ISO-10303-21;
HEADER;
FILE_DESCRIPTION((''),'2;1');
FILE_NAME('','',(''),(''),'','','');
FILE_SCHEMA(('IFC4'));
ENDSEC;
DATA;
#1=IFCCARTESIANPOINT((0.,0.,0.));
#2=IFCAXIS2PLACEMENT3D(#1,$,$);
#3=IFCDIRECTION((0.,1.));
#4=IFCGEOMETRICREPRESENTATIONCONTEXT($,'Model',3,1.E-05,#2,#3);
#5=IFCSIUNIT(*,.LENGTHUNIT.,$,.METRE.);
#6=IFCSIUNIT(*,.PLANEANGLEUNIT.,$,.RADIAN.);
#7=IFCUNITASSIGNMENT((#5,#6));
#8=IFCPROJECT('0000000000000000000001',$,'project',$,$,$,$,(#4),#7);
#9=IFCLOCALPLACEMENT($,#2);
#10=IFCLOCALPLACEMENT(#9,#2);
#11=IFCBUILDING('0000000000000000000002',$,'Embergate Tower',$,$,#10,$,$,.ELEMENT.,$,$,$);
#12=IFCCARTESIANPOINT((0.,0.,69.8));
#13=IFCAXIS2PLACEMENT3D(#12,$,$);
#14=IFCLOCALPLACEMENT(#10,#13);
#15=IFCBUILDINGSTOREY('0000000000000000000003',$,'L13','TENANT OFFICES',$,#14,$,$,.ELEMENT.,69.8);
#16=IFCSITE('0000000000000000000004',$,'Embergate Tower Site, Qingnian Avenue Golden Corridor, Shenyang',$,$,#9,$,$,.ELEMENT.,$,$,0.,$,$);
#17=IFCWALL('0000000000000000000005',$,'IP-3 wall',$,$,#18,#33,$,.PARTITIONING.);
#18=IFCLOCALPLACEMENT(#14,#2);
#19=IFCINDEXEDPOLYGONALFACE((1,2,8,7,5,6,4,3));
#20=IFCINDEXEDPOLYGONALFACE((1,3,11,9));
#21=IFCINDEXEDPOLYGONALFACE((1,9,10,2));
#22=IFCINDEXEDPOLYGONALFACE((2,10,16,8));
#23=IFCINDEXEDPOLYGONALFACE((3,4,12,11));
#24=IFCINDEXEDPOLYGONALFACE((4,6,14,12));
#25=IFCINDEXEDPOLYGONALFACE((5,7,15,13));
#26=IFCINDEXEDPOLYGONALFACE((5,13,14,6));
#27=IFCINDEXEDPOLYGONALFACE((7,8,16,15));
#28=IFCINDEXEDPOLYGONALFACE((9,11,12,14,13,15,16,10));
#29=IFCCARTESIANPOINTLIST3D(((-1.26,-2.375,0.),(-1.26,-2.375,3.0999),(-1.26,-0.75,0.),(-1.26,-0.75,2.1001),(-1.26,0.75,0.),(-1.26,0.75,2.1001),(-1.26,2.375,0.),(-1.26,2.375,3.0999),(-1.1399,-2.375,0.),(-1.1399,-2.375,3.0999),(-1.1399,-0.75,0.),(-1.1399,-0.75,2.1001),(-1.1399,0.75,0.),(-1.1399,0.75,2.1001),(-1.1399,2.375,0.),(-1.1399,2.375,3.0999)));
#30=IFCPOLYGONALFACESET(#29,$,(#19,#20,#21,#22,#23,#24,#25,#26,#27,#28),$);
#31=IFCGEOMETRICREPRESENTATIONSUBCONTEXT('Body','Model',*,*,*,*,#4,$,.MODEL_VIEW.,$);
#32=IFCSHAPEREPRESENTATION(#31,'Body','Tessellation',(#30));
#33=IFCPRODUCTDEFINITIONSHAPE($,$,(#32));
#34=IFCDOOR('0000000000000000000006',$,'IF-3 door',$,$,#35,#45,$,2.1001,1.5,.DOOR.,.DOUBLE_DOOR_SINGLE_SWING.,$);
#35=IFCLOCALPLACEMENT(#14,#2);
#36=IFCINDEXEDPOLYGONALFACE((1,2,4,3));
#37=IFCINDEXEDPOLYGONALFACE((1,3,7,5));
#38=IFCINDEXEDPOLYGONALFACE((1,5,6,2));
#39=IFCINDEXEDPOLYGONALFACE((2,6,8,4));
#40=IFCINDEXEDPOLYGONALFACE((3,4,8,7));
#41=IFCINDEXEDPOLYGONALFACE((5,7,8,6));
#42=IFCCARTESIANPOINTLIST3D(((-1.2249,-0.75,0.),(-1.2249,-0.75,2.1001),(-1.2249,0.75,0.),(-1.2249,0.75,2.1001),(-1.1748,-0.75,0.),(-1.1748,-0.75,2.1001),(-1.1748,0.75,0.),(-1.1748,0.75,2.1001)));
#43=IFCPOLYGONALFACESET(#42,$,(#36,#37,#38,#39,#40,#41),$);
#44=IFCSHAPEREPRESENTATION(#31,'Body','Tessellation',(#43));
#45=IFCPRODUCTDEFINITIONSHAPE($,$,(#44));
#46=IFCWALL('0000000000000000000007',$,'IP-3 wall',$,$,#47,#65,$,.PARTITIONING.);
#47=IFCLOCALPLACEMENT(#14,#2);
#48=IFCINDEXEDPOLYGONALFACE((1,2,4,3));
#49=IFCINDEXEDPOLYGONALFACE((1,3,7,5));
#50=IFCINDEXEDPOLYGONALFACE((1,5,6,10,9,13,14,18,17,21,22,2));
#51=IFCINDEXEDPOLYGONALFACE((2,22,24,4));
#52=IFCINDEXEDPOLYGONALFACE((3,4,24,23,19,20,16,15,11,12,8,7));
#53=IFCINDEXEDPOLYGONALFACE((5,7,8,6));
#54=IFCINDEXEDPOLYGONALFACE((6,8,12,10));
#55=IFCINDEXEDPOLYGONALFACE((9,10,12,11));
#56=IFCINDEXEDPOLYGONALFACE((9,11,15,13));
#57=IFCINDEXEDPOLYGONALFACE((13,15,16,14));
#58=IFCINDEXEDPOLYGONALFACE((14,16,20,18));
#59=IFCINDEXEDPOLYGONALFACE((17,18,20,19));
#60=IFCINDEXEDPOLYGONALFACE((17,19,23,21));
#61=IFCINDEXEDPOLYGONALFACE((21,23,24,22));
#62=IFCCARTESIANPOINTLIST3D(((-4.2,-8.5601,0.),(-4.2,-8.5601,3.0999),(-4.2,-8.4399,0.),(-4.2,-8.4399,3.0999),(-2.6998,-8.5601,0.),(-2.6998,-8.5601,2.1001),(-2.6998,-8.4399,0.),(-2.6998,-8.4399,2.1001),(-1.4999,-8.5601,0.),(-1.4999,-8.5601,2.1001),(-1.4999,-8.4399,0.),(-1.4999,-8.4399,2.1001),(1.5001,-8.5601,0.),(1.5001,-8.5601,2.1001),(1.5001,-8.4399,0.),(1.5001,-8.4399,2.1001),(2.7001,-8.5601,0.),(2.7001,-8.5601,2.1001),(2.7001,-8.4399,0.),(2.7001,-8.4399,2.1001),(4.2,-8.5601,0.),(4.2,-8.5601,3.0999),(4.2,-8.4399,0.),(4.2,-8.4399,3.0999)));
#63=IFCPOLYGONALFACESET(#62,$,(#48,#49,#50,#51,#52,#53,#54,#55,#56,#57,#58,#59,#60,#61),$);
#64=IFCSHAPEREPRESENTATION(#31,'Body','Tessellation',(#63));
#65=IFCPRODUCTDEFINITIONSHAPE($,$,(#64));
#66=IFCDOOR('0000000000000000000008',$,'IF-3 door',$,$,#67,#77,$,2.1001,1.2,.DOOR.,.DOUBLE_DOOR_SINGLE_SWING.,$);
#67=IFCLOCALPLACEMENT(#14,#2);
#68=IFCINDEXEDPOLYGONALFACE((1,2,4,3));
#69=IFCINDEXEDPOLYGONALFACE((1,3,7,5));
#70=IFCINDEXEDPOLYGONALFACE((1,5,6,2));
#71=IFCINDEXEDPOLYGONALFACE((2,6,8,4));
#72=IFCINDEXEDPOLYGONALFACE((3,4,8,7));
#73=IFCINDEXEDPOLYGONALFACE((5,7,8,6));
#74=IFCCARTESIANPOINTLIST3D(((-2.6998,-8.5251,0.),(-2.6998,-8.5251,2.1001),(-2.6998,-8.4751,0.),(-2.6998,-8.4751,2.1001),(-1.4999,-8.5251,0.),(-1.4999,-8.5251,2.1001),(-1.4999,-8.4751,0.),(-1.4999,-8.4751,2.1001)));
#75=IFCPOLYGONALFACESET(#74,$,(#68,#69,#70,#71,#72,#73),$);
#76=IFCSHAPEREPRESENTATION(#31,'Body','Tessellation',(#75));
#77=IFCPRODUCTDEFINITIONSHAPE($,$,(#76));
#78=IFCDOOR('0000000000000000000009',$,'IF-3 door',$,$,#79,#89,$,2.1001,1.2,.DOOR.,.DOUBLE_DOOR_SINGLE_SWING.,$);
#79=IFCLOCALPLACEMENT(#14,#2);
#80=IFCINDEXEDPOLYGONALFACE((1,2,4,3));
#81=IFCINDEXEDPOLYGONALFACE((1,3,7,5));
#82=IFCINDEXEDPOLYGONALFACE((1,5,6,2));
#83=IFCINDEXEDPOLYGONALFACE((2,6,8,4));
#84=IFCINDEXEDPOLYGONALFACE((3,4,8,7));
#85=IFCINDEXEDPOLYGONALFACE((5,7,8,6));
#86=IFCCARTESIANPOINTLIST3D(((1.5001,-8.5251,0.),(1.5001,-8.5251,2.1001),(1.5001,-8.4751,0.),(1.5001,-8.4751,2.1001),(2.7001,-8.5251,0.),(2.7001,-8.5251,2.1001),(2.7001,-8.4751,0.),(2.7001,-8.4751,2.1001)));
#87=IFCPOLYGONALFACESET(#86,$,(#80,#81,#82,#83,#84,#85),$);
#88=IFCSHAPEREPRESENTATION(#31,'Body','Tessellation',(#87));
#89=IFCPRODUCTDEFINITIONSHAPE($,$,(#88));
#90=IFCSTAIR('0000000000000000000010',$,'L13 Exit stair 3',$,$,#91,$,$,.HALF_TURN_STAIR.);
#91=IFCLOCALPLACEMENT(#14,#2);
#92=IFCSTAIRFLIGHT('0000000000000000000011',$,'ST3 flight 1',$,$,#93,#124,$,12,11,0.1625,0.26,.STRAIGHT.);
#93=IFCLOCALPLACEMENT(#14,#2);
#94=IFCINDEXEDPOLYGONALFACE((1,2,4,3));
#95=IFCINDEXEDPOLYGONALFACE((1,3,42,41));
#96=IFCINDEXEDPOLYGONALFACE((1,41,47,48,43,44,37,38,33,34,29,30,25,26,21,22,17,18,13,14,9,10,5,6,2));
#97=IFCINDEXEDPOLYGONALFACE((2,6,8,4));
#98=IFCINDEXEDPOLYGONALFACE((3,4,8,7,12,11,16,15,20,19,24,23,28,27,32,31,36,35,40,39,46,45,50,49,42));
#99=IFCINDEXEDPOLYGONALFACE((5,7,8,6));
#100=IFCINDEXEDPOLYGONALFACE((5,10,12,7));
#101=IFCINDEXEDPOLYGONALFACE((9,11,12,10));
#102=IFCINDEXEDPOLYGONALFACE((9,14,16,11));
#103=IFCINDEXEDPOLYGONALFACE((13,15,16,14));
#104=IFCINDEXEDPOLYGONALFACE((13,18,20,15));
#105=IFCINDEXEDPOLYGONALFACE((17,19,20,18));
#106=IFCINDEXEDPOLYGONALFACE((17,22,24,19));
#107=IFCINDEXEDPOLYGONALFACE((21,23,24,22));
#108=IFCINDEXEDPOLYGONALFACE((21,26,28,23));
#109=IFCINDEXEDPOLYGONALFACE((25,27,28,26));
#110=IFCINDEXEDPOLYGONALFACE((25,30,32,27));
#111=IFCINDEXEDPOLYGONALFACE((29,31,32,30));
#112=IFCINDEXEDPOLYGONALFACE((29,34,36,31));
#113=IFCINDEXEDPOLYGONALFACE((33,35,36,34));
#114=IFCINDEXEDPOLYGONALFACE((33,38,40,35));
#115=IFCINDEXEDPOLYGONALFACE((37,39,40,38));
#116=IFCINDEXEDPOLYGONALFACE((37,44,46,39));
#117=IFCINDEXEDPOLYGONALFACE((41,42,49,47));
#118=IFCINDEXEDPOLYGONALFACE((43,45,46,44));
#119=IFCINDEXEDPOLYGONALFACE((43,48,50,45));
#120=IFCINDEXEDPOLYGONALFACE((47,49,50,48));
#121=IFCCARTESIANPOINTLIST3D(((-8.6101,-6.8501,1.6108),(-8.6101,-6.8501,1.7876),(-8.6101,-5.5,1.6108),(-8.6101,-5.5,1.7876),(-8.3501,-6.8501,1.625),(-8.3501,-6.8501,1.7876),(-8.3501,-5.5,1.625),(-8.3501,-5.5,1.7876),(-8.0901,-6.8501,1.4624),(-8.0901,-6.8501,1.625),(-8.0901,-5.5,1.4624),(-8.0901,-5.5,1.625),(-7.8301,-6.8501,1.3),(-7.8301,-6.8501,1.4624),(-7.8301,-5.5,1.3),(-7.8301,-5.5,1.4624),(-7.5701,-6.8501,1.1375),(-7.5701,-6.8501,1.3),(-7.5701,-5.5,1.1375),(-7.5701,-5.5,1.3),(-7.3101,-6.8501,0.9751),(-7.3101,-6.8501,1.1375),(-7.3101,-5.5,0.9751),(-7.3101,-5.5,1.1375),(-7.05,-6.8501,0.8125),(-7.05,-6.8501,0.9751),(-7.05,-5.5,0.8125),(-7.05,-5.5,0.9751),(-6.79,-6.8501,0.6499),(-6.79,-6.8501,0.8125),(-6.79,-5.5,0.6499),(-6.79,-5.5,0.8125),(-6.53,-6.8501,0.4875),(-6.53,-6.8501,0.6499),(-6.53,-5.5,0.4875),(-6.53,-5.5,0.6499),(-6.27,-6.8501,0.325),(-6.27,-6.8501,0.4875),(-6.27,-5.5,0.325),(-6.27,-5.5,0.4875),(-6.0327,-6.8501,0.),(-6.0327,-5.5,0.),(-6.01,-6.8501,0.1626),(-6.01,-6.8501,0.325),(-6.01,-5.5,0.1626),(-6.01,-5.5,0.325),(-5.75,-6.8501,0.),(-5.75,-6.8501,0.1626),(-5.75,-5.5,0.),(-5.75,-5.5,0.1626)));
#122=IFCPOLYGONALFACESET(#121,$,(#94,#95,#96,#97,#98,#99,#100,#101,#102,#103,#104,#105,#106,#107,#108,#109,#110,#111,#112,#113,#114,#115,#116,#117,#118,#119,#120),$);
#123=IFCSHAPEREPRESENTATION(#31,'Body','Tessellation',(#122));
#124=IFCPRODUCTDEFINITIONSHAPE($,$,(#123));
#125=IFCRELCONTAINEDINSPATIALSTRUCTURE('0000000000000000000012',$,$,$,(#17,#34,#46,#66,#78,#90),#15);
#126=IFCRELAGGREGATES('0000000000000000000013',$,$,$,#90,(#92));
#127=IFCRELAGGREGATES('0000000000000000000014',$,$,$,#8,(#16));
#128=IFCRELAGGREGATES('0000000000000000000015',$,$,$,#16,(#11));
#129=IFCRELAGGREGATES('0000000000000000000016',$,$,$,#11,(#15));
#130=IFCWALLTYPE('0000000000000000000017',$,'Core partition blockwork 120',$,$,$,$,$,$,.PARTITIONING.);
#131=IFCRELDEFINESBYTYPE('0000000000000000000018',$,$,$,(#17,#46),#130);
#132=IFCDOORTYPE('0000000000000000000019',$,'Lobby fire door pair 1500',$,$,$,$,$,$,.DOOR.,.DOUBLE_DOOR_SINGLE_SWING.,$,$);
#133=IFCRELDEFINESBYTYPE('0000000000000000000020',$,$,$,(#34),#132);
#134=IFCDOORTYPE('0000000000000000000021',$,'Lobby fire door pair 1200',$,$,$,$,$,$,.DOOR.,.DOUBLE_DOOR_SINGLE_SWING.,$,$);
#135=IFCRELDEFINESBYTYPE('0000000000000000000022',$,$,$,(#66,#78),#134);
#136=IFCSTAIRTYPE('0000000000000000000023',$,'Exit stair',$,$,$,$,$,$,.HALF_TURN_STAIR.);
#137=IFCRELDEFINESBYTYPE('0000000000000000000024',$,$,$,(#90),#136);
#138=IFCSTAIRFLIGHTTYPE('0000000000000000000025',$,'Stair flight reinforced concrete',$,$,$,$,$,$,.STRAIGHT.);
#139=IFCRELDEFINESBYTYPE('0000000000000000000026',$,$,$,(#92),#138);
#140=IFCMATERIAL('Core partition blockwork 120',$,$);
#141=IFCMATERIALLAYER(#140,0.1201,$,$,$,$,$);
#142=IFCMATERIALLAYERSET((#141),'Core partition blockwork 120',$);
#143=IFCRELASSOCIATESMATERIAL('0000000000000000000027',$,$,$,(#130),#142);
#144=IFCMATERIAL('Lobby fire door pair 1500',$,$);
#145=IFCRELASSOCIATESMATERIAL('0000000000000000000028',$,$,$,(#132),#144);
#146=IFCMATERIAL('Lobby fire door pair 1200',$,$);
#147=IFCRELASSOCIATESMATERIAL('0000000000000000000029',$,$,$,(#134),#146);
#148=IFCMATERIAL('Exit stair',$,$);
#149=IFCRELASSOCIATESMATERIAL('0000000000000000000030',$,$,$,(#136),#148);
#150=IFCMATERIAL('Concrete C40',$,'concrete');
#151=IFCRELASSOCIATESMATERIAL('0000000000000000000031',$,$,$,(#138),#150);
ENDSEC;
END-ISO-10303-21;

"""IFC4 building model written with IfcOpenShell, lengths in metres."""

from ifc_helpers import new_model, si_unit, direction, frame, frame_2d, origin, place, context, subcontext, project, spatial, polyline, rectangle, outline, extrude, source, transform, mapped, material, layer, layer_set, type_object, element, fill, aggregate, save


model = new_model("IFC4")

# Units and contexts
model_context = context("Model", 3, precision=1e-05, world=origin(), true_north=direction((0.0, 1.0)))
body_context = subcontext(model_context, "Body", "Model", "MODEL_VIEW")
ifc_project = project(units=[si_unit("LENGTHUNIT", "METRE"), si_unit("PLANEANGLEUNIT", "RADIAN")], contexts=[model_context])

# Site, building, storey
site_placement = place(None, origin())
site = spatial("IfcSite", under=ifc_project, at=site_placement, Name="Embergate Tower Site, Qingnian Avenue Golden Corridor, Shenyang", CompositionType="ELEMENT", RefElevation=0.0)
building_placement = place(site_placement, origin())
building = spatial("IfcBuilding", under=site, at=building_placement, Name="Embergate Tower", CompositionType="ELEMENT")
storey_placement = place(building_placement, frame((0.0, 0.0, 69.8)))
storey = spatial("IfcBuildingStorey", under=building, at=storey_placement, Name="L13", Description="TENANT OFFICES", CompositionType="ELEMENT", Elevation=69.8)

# Shared definitions
shared_shape_1 = source(origin(), body_context, "Body", "SweptSolid", [
    extrude(rectangle(XDim=1.2, YDim=2.1001, at=frame_2d((0.6001, 1.05))), frame((0.0, 0.0249, 0.0), z_axis=(0.0, -1.0, 0.0), x_axis=(1.0, 0.0, 0.0)), (0.0, 0.0, 1.0), 0.05),
])
ifc_material_1 = material(Name="Core partition blockwork 120")
ifc_layer_1 = layer(ifc_material_1, 0.1201)
ifc_layer_set_1 = layer_set([ifc_layer_1], Name="Core partition blockwork 120")
wall_type_1 = type_object("IfcWallType", Name="Core partition blockwork 120", PredefinedType="PARTITIONING", material=ifc_layer_set_1)

# Wall, opening, door
shared_shape_2 = source(origin(), body_context, "Body", "SweptSolid", [
    extrude(rectangle(XDim=4.75, YDim=0.1201, at=frame_2d((2.375, 0.0))), origin(), (0.0, 0.0, 1.0), 3.0999),
])
wall_1_placement = place(storey_placement, frame((-1.2, -2.375, 0.0), z_axis=(0.0, 0.0, 1.0), x_axis=(0.0, 1.0, 0.0)))
wall_1 = element("IfcWall", 1, at=wall_1_placement, inside=storey, type_object=wall_type_1, Name="IP-3 wall", PredefinedType="PARTITIONING", context=body_context, shape_type="MappedRepresentation", body=[
    mapped(shared_shape_2, transform((0.0, 0.0, 0.0))),
])
shared_shape_3 = source(origin(), body_context, "Body", "SweptSolid", [
    extrude(rectangle(XDim=1.5, YDim=2.1001, at=frame_2d((0.75, 1.05))), frame((0.0, 0.0701, 0.0), z_axis=(0.0, -1.0, 0.0), x_axis=(1.0, 0.0, 0.0)), (0.0, 0.0, 1.0), 0.1401),
])
opening_1_placement = place(wall_1_placement, frame((1.625, 0.0, 0.0)))
opening_1 = element("IfcOpeningElement", 2, at=opening_1_placement, cuts=wall_1, PredefinedType="OPENING", context=body_context, shape_type="MappedRepresentation", body=[
    mapped(shared_shape_3, transform((0.0, 0.0, 0.0))),
])
ifc_material_2 = material(Name="Lobby fire door pair 1500")
door_type_1 = type_object("IfcDoorType", Name="Lobby fire door pair 1500", OperationType="DOUBLE_DOOR_SINGLE_SWING", PredefinedType="DOOR", material=ifc_material_2)
shared_shape_4 = source(origin(), body_context, "Body", "SweptSolid", [
    extrude(rectangle(XDim=1.5, YDim=2.1001, at=frame_2d((0.75, 1.05))), frame((0.0, 0.0249, 0.0), z_axis=(0.0, -1.0, 0.0), x_axis=(1.0, 0.0, 0.0)), (0.0, 0.0, 1.0), 0.05),
])
door_1_placement = place(opening_1_placement, origin())
door_1 = element("IfcDoor", 3, at=door_1_placement, inside=storey, type_object=door_type_1, Name="IF-3 door", OperationType="DOUBLE_DOOR_SINGLE_SWING", OverallHeight=2.1001, OverallWidth=1.5, PredefinedType="DOOR", context=body_context, shape_type="MappedRepresentation", body=[
    mapped(shared_shape_4, transform((0.0, 0.0, 0.0))),
])
fill(opening_1, door_1)

# Wall, openings, doors
shared_shape_5 = source(origin(), body_context, "Body", "SweptSolid", [
    extrude(rectangle(XDim=8.3999, YDim=0.1201, at=frame_2d((4.2, 0.0))), origin(), (0.0, 0.0, 1.0), 3.0999),
])
wall_2_placement = place(storey_placement, frame((-4.2, -8.5, 0.0), z_axis=(0.0, 0.0, 1.0), x_axis=(1.0, 0.0, 0.0)))
wall_2 = element("IfcWall", 4, at=wall_2_placement, inside=storey, type_object=wall_type_1, Name="IP-3 wall", PredefinedType="PARTITIONING", context=body_context, shape_type="MappedRepresentation", body=[
    mapped(shared_shape_5, transform((0.0, 0.0, 0.0))),
])
shared_shape_6 = source(origin(), body_context, "Body", "SweptSolid", [
    extrude(rectangle(XDim=1.2, YDim=2.1001, at=frame_2d((0.6001, 1.05))), frame((0.0, 0.0701, 0.0), z_axis=(0.0, -1.0, 0.0), x_axis=(1.0, 0.0, 0.0)), (0.0, 0.0, 1.0), 0.1401),
])
opening_2_placement = place(wall_2_placement, frame((1.5, 0.0, 0.0)))
opening_2 = element("IfcOpeningElement", 5, at=opening_2_placement, cuts=wall_2, PredefinedType="OPENING", context=body_context, shape_type="MappedRepresentation", body=[
    mapped(shared_shape_6, transform((0.0, 0.0, 0.0))),
])
opening_3_placement = place(wall_2_placement, frame((5.7, 0.0, 0.0)))
opening_3 = element("IfcOpeningElement", 6, at=opening_3_placement, cuts=wall_2, PredefinedType="OPENING", context=body_context, shape_type="MappedRepresentation", body=[
    mapped(shared_shape_6, transform((0.0, 0.0, 0.0))),
])
ifc_material_3 = material(Name="Lobby fire door pair 1200")
door_type_2 = type_object("IfcDoorType", Name="Lobby fire door pair 1200", OperationType="DOUBLE_DOOR_SINGLE_SWING", PredefinedType="DOOR", material=ifc_material_3)
door_2_placement = place(opening_2_placement, origin())
door_2 = element("IfcDoor", 7, at=door_2_placement, inside=storey, type_object=door_type_2, Name="IF-3 door", OperationType="DOUBLE_DOOR_SINGLE_SWING", OverallHeight=2.1001, OverallWidth=1.2, PredefinedType="DOOR", context=body_context, shape_type="MappedRepresentation", body=[
    mapped(shared_shape_1, transform((0.0, 0.0, 0.0))),
])
fill(opening_2, door_2)
door_3_placement = place(opening_3_placement, origin())
door_3 = element("IfcDoor", 8, at=door_3_placement, inside=storey, type_object=door_type_2, Name="IF-3 door", OperationType="DOUBLE_DOOR_SINGLE_SWING", OverallHeight=2.1001, OverallWidth=1.2, PredefinedType="DOOR", context=body_context, shape_type="MappedRepresentation", body=[
    mapped(shared_shape_1, transform((0.0, 0.0, 0.0))),
])
fill(opening_3, door_3)

# Stair, stair flight
ifc_material_4 = material(Name="Exit stair")
stair_type = type_object("IfcStairType", Name="Exit stair", PredefinedType="HALF_TURN_STAIR", material=ifc_material_4)
stair_placement = place(storey_placement, origin())
stair = element("IfcStair", 9, at=stair_placement, inside=storey, type_object=stair_type, Name="L13 Exit stair 3", PredefinedType="HALF_TURN_STAIR")
ifc_material_5 = material(Name="Concrete C40", Category="concrete")
stair_flight_type = type_object("IfcStairFlightType", Name="Stair flight reinforced concrete", PredefinedType="STRAIGHT", material=ifc_material_5)
shared_shape_7 = source(origin(), body_context, "Body", "SweptSolid", [
    extrude(outline(polyline([(0.0, 0.0), (0.0, 0.1626), (0.26, 0.1626), (0.26, 0.325), (0.52, 0.325), (0.52, 0.4875), (0.78, 0.4875), (0.78, 0.6499), (1.04, 0.6499), (1.04, 0.8125), (1.3, 0.8125), (1.3, 0.9751), (1.5601, 0.9751), (1.5601, 1.1375), (1.8201, 1.1375), (1.8201, 1.3), (2.0801, 1.3), (2.0801, 1.4624), (2.3401, 1.4624), (2.3401, 1.625), (2.6001, 1.625), (2.6001, 1.7876), (2.8601, 1.7876), (2.8601, 1.95), (2.8601, 1.6108), (0.2827, 0.0), (0.0, 0.0)])), frame((0.0, 0.675, 0.0), z_axis=(0.0, -1.0, 0.0), x_axis=(1.0, 0.0, 0.0)), (0.0, 0.0, 1.0), 1.3501),
])
stair_flight_placement = place(storey_placement, frame((-5.75, -6.175, 0.0), z_axis=(0.0, 0.0, 1.0), x_axis=(-1.0, 0.0, 0.0)))
stair_flight = element("IfcStairFlight", 10, at=stair_flight_placement, type_object=stair_flight_type, Name="ST3 flight 1", NumberOfRisers=12, NumberOfTreads=11, PredefinedType="STRAIGHT", RiserHeight=0.1625, TreadLength=0.26, context=body_context, shape_type="MappedRepresentation", body=[
    mapped(shared_shape_7, transform((0.0, 0.0, 0.0))),
])
aggregate(stair, [stair_flight])

save(model, "model.ifc")
